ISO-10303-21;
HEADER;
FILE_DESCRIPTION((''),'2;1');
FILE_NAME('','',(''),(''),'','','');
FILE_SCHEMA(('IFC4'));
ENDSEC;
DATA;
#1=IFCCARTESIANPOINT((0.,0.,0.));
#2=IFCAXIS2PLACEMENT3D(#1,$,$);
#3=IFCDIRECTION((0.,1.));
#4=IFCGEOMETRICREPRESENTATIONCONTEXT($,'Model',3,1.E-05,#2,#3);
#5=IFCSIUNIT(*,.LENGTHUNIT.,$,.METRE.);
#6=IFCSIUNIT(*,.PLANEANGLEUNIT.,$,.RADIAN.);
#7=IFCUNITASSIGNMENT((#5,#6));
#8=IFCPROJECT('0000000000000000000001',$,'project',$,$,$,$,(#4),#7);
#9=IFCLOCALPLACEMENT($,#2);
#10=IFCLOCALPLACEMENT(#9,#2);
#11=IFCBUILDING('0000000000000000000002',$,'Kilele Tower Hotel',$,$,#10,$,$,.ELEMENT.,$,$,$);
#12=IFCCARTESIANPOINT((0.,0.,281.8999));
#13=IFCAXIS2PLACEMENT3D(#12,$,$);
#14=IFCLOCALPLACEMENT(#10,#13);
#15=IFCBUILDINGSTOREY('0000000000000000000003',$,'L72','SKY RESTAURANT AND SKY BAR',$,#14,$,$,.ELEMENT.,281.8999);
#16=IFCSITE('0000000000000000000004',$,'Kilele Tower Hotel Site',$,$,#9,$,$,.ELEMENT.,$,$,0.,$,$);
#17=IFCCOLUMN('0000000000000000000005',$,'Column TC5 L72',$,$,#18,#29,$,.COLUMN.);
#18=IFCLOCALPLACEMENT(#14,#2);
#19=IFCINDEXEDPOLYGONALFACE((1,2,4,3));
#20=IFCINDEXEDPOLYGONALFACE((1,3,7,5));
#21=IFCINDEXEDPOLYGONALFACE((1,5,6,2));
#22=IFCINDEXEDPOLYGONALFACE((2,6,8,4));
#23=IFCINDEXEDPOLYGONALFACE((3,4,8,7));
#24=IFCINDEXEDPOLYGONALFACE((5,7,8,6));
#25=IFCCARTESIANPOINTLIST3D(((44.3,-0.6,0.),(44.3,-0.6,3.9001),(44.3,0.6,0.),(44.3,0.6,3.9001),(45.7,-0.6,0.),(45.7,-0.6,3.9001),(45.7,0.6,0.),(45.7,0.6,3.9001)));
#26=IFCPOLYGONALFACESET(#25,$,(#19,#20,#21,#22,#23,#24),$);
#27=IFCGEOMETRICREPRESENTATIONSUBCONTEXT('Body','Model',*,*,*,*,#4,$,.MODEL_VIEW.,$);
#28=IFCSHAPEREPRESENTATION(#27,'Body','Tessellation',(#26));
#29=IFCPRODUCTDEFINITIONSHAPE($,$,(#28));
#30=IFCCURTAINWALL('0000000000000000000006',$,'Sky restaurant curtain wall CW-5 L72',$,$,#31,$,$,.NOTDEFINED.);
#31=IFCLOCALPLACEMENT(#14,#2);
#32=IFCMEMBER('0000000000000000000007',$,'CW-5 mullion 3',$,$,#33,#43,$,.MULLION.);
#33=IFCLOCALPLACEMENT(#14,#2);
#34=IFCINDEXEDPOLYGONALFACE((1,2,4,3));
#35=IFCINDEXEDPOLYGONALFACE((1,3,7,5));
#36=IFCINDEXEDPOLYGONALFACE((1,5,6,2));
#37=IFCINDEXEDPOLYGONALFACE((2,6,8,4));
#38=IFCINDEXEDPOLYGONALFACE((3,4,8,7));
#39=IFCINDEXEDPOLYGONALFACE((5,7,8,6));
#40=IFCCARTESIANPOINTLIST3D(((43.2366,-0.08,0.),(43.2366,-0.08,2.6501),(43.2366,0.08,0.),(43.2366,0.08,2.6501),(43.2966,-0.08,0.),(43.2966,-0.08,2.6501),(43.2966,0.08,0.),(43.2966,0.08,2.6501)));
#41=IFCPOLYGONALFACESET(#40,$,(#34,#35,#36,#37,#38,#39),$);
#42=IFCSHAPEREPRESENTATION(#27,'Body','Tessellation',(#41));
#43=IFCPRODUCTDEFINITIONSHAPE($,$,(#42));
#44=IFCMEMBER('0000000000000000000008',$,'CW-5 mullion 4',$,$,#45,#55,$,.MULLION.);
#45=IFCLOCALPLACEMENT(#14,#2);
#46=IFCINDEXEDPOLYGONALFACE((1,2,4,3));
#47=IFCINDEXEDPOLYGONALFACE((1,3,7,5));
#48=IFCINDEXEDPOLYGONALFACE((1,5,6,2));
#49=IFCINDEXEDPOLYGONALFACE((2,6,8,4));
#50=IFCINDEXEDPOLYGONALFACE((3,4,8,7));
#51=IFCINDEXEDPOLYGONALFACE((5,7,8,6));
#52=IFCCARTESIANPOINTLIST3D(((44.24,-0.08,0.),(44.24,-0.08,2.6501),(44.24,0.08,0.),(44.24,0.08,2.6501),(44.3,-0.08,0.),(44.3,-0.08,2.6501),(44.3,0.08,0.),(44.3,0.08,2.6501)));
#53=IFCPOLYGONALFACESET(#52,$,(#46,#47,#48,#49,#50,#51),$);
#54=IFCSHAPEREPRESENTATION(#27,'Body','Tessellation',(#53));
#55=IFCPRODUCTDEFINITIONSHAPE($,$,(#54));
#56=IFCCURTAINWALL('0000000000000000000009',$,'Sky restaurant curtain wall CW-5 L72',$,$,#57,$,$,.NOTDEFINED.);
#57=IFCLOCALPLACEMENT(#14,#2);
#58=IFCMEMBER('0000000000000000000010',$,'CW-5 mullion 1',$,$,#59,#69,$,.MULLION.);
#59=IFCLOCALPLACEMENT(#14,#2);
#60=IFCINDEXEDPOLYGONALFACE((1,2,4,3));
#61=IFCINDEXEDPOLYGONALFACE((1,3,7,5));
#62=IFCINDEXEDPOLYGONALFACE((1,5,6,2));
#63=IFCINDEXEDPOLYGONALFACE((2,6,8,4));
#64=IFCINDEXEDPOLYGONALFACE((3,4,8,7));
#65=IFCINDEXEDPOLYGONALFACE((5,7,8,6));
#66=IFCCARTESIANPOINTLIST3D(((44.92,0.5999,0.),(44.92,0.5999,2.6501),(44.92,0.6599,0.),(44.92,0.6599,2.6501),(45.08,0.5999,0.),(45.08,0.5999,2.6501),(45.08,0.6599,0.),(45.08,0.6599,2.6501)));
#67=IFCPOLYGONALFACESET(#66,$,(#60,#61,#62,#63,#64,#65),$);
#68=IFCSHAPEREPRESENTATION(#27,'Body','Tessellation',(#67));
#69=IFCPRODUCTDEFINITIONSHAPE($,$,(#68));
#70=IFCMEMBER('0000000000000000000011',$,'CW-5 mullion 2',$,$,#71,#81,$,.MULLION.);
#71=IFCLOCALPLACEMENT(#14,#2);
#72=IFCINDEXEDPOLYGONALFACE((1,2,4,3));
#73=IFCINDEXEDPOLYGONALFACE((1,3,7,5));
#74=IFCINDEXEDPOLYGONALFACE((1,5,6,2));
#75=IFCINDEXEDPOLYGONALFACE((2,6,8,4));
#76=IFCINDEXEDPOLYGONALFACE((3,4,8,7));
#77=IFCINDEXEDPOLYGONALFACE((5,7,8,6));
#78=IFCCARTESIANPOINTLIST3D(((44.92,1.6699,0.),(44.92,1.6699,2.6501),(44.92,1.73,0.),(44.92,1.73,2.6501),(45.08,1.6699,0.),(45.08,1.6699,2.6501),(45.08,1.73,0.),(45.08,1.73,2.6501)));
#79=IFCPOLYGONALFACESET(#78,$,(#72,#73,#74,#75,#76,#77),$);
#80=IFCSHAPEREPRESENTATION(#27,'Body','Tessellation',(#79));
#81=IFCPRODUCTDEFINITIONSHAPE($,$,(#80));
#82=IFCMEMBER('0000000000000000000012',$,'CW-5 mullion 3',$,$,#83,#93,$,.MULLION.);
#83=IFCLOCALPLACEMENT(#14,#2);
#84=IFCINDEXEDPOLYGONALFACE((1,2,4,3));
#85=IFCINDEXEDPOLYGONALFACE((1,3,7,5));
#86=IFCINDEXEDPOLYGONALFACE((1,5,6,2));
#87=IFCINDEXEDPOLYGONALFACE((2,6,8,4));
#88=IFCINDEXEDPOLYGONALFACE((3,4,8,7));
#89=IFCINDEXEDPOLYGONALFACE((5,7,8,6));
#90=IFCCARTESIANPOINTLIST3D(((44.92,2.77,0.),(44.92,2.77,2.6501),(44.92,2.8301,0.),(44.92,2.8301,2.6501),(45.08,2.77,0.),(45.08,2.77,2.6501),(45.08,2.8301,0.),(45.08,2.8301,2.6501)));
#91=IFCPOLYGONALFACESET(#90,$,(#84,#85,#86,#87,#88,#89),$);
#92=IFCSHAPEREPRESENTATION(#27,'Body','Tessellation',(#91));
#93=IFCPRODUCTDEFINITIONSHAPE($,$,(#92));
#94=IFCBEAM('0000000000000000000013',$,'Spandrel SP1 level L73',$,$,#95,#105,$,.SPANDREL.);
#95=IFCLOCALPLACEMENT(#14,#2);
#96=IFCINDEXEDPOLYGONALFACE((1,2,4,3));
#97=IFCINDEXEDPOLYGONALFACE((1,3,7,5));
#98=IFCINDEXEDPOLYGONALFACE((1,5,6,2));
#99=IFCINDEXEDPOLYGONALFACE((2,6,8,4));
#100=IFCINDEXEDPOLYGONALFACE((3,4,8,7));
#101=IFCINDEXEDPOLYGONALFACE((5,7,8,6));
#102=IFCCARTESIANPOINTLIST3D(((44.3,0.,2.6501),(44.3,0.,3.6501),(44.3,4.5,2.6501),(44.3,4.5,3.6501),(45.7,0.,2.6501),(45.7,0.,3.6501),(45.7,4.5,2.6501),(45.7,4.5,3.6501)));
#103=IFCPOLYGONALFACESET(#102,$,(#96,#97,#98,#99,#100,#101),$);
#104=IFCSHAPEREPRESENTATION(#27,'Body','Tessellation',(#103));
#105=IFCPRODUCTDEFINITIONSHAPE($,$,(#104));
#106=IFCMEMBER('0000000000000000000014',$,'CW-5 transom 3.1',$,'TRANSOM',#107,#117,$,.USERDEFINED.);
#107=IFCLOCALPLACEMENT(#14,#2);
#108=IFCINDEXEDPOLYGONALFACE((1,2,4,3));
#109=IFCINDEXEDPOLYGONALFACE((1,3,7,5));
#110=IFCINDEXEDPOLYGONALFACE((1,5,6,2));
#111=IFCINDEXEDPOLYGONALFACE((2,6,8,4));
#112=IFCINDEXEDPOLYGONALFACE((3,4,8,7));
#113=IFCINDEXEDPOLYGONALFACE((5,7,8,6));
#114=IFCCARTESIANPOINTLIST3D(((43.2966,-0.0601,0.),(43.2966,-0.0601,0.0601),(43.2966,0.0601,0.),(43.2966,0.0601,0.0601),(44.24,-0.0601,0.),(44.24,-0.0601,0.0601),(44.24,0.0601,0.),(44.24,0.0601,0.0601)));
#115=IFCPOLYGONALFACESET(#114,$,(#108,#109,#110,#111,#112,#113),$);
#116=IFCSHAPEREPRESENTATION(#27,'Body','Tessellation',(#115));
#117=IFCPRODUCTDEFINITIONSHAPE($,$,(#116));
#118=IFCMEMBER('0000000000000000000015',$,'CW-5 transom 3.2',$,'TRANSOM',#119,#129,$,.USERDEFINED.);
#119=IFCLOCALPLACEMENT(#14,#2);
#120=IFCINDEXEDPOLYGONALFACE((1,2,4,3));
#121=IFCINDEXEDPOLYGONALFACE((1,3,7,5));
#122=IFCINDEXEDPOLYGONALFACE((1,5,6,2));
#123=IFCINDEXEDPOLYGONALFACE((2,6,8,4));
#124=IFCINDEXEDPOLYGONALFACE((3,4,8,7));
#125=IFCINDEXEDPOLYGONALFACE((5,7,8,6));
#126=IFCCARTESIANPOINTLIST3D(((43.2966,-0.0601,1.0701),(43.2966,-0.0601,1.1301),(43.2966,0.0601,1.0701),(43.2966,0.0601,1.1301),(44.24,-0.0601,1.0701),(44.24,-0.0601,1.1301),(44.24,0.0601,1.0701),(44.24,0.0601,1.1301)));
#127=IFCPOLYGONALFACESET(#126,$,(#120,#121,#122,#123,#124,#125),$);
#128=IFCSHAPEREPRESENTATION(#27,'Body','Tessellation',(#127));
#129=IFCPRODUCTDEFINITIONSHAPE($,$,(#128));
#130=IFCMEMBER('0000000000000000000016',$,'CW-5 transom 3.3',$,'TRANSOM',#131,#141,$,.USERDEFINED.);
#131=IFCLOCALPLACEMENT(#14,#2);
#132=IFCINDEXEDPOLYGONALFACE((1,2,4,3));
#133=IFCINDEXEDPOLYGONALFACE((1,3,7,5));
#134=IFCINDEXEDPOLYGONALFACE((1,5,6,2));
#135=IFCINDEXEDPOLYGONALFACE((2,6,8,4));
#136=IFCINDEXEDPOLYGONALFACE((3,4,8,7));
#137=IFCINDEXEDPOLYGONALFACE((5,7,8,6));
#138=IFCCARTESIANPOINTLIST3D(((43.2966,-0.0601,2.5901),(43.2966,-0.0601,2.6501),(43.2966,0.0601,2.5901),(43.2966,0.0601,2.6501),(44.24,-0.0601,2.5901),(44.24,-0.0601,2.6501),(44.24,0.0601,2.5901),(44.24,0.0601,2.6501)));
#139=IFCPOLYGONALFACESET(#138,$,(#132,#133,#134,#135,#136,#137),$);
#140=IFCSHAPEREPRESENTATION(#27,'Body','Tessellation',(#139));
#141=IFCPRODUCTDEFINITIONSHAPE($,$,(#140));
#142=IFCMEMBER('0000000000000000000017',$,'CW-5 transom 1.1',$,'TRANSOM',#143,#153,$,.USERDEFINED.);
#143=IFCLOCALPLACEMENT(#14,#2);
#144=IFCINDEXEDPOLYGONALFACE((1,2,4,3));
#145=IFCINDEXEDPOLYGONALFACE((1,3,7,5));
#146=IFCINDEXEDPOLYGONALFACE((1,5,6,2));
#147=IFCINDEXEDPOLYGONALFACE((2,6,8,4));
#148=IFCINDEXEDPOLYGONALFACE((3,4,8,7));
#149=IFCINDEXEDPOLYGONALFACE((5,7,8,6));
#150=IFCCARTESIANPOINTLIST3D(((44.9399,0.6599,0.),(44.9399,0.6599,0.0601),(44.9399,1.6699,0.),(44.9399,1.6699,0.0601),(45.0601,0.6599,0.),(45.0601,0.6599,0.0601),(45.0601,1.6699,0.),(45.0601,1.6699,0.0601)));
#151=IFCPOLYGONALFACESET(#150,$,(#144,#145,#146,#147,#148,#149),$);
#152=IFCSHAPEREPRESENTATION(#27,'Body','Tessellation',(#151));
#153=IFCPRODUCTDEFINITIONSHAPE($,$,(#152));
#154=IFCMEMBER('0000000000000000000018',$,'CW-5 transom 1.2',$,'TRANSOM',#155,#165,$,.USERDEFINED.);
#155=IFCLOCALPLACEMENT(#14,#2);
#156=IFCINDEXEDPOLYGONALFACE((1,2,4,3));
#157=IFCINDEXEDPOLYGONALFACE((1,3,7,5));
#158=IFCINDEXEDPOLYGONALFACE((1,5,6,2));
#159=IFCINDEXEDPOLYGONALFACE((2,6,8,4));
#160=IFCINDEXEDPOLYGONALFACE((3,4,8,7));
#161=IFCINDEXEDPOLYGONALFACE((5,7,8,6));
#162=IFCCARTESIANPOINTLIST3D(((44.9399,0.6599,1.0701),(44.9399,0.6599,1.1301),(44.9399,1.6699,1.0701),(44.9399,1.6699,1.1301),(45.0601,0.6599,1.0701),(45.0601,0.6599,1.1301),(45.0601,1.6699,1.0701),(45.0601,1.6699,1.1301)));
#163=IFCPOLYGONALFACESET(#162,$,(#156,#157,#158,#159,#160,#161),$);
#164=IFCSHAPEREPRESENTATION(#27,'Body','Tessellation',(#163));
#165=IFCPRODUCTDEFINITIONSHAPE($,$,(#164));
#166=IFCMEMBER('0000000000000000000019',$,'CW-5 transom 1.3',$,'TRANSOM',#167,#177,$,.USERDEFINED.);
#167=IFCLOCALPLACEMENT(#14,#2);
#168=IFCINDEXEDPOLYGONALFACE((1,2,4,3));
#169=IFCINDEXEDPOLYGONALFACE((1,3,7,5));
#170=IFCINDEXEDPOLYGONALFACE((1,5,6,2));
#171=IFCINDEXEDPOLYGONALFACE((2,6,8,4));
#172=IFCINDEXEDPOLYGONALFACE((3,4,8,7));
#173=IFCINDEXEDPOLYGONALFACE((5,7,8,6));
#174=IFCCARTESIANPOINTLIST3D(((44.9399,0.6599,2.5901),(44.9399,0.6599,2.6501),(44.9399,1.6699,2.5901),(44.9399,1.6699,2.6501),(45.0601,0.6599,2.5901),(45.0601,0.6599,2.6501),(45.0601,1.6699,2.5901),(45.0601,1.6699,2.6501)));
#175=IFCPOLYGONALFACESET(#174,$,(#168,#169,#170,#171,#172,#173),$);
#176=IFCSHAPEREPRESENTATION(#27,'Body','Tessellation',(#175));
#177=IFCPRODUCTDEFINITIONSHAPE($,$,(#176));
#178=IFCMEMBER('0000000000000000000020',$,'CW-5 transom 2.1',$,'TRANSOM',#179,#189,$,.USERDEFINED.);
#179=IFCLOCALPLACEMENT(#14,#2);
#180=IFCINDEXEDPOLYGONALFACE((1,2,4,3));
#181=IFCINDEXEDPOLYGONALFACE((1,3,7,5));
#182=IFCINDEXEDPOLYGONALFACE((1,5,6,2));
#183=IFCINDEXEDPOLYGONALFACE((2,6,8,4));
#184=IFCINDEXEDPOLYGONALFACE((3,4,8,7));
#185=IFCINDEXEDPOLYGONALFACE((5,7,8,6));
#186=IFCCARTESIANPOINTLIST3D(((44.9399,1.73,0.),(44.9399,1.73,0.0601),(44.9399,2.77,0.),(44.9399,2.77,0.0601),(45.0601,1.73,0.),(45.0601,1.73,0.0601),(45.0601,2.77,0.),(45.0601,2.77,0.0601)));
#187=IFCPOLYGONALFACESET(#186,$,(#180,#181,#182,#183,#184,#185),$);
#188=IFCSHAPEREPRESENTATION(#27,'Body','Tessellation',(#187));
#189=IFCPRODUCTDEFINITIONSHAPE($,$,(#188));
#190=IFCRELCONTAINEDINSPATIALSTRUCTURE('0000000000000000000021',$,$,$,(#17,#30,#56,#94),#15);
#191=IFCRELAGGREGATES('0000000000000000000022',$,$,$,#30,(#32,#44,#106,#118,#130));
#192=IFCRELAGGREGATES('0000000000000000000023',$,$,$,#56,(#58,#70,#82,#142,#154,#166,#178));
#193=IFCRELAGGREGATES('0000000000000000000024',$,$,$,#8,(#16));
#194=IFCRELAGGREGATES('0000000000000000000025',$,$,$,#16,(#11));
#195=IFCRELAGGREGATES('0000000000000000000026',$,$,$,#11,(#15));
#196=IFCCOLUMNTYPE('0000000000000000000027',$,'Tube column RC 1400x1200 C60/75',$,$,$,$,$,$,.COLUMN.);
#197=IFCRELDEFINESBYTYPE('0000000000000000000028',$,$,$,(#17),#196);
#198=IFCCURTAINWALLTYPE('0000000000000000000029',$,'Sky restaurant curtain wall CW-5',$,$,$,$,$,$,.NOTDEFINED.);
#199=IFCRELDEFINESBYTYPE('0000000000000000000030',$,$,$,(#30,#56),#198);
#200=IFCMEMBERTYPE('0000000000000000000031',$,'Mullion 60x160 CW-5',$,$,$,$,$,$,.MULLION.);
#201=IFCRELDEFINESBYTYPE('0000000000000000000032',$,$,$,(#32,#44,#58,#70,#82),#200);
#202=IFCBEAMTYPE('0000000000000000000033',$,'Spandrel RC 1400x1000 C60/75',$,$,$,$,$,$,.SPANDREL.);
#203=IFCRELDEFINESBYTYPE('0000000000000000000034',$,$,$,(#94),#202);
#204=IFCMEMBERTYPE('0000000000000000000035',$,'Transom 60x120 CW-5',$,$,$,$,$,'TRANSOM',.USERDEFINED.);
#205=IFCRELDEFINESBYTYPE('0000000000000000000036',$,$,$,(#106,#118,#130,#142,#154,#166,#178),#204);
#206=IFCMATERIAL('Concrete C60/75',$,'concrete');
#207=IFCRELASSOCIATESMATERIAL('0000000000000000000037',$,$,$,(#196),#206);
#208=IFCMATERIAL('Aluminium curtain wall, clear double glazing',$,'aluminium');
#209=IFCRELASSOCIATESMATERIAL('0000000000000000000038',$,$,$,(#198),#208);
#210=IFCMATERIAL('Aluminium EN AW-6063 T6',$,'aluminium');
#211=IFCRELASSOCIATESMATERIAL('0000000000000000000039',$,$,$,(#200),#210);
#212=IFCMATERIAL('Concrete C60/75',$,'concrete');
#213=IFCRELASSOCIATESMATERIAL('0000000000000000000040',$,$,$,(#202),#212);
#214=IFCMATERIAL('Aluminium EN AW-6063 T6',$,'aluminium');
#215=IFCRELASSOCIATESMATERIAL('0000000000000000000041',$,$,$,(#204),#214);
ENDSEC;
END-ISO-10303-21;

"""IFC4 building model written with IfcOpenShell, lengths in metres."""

from ifc_helpers import new_model, si_unit, direction, frame, origin, origin_2d, place, context, subcontext, project, spatial, rectangle, extrude, material, material_profile, profile_set, type_object, element, aggregate, save


model = new_model("IFC4")

# Units and contexts
model_context = context("Model", 3, precision=1e-05, world=origin(), true_north=direction((0.0, 1.0)))
body_context = subcontext(model_context, "Body", "Model", "MODEL_VIEW")
ifc_project = project(units=[si_unit("LENGTHUNIT", "METRE"), si_unit("PLANEANGLEUNIT", "RADIAN")], contexts=[model_context])

# Site, building, storey
site_placement = place(None, origin())
site = spatial("IfcSite", under=ifc_project, at=site_placement, Name="Kilele Tower Hotel Site", CompositionType="ELEMENT", RefElevation=0.0)
building_placement = place(site_placement, origin())
building = spatial("IfcBuilding", under=site, at=building_placement, Name="Kilele Tower Hotel", CompositionType="ELEMENT")
storey_placement = place(building_placement, frame((0.0, 0.0, 281.8999)))
storey = spatial("IfcBuildingStorey", under=building, at=storey_placement, Name="L72", Description="SKY RESTAURANT AND SKY BAR", CompositionType="ELEMENT", Elevation=281.8999)

# Column
ifc_material_1 = material(Name="Concrete C60/75", Category="concrete")
ifc_material_profile_1 = material_profile(ifc_material_1, rectangle(XDim=1.3999, YDim=1.2, at=origin_2d()))
ifc_profile_set_1 = profile_set([ifc_material_profile_1], Name="Concrete C60/75")
column_type = type_object("IfcColumnType", Name="Tube column RC 1400x1200 C60/75", PredefinedType="COLUMN", material=ifc_profile_set_1)
column_placement = place(storey_placement, frame((45.0, 0.0, 0.0), z_axis=(0.0, 0.0, 1.0), x_axis=(1.0, 0.0, 0.0)))
element("IfcColumn", 1, at=column_placement, inside=storey, type_object=column_type, Name="Column TC5 L72", PredefinedType="COLUMN", context=body_context, shape_type="SweptSolid", body=[
    extrude(rectangle(XDim=1.3999, YDim=1.2, at=origin_2d()), origin(), (0.0, 0.0, 1.0), 3.9001),
])

# Curtain walls, members
ifc_material_2 = material(Name="Aluminium curtain wall, clear double glazing", Category="aluminium")
curtain_wall_type = type_object("IfcCurtainWallType", Name="Sky restaurant curtain wall CW-5", PredefinedType="NOTDEFINED", material=ifc_material_2)
curtain_wall_1_placement = place(storey_placement, origin())
curtain_wall_1 = element("IfcCurtainWall", 2, at=curtain_wall_1_placement, inside=storey, type_object=curtain_wall_type, Name="Sky restaurant curtain wall CW-5 L72", PredefinedType="NOTDEFINED")
ifc_material_3 = material(Name="Aluminium EN AW-6063 T6", Category="aluminium")
ifc_material_profile_2 = material_profile(ifc_material_3, rectangle(XDim=0.1599, YDim=0.0601, at=origin_2d()))
ifc_profile_set_2 = profile_set([ifc_material_profile_2], Name="Aluminium EN AW-6063 T6")
member_type_1 = type_object("IfcMemberType", Name="Mullion 60x160 CW-5", PredefinedType="MULLION", material=ifc_profile_set_2)
member_1_placement = place(storey_placement, frame((43.2666, 0.0, 0.0), z_axis=(0.0, 0.0, 1.0), x_axis=(0.0, 1.0, 0.0)))
member_1 = element("IfcMember", 3, at=member_1_placement, type_object=member_type_1, Name="CW-5 mullion 3", PredefinedType="MULLION", context=body_context, shape_type="SweptSolid", body=[
    extrude(rectangle(XDim=0.1599, YDim=0.0601, at=origin_2d()), origin(), (0.0, 0.0, 1.0), 2.6501),
])
member_2_placement = place(storey_placement, frame((44.27, 0.0, 0.0), z_axis=(0.0, 0.0, 1.0), x_axis=(0.0, 1.0, 0.0)))
member_2 = element("IfcMember", 4, at=member_2_placement, type_object=member_type_1, Name="CW-5 mullion 4", PredefinedType="MULLION", context=body_context, shape_type="SweptSolid", body=[
    extrude(rectangle(XDim=0.1599, YDim=0.0601, at=origin_2d()), origin(), (0.0, 0.0, 1.0), 2.6501),
])
curtain_wall_2_placement = place(storey_placement, origin())
curtain_wall_2 = element("IfcCurtainWall", 5, at=curtain_wall_2_placement, inside=storey, type_object=curtain_wall_type, Name="Sky restaurant curtain wall CW-5 L72", PredefinedType="NOTDEFINED")
member_3_placement = place(storey_placement, frame((45.0, 0.6299, 0.0), z_axis=(0.0, 0.0, 1.0), x_axis=(-1.0, 0.0, 0.0)))
member_3 = element("IfcMember", 6, at=member_3_placement, type_object=member_type_1, Name="CW-5 mullion 1", PredefinedType="MULLION", context=body_context, shape_type="SweptSolid", body=[
    extrude(rectangle(XDim=0.1599, YDim=0.0601, at=origin_2d()), origin(), (0.0, 0.0, 1.0), 2.6501),
])
member_4_placement = place(storey_placement, frame((45.0, 1.7, 0.0), z_axis=(0.0, 0.0, 1.0), x_axis=(-1.0, 0.0, 0.0)))
member_4 = element("IfcMember", 7, at=member_4_placement, type_object=member_type_1, Name="CW-5 mullion 2", PredefinedType="MULLION", context=body_context, shape_type="SweptSolid", body=[
    extrude(rectangle(XDim=0.1599, YDim=0.0601, at=origin_2d()), origin(), (0.0, 0.0, 1.0), 2.6501),
])
member_5_placement = place(storey_placement, frame((45.0, 2.8, 0.0), z_axis=(0.0, 0.0, 1.0), x_axis=(-1.0, 0.0, 0.0)))
member_5 = element("IfcMember", 8, at=member_5_placement, type_object=member_type_1, Name="CW-5 mullion 3", PredefinedType="MULLION", context=body_context, shape_type="SweptSolid", body=[
    extrude(rectangle(XDim=0.1599, YDim=0.0601, at=origin_2d()), origin(), (0.0, 0.0, 1.0), 2.6501),
])

# Beam
ifc_material_4 = material(Name="Concrete C60/75", Category="concrete")
ifc_material_profile_3 = material_profile(ifc_material_4, rectangle(XDim=1.3999, YDim=1.0, at=origin_2d()))
ifc_profile_set_3 = profile_set([ifc_material_profile_3], Name="Concrete C60/75")
beam_type = type_object("IfcBeamType", Name="Spandrel RC 1400x1000 C60/75", PredefinedType="SPANDREL", material=ifc_profile_set_3)
beam_placement = place(storey_placement, frame((45.0, 0.0, 3.1501), z_axis=(0.0, 1.0, 0.0), x_axis=(-1.0, 0.0, 0.0)))
element("IfcBeam", 9, at=beam_placement, inside=storey, type_object=beam_type, Name="Spandrel SP1 level L73", PredefinedType="SPANDREL", context=body_context, shape_type="SweptSolid", body=[
    extrude(rectangle(XDim=1.3999, YDim=1.0, at=origin_2d()), origin(), (0.0, 0.0, 1.0), 4.5),
])

# Members
ifc_material_5 = material(Name="Aluminium EN AW-6063 T6", Category="aluminium")
ifc_material_profile_4 = material_profile(ifc_material_5, rectangle(XDim=0.1201, YDim=0.0601, at=origin_2d()))
ifc_profile_set_4 = profile_set([ifc_material_profile_4], Name="Aluminium EN AW-6063 T6")
member_type_2 = type_object("IfcMemberType", Name="Transom 60x120 CW-5", ElementType="TRANSOM", PredefinedType="USERDEFINED", material=ifc_profile_set_4)
member_6_placement = place(storey_placement, frame((43.2966, 0.0, 0.03), z_axis=(1.0, 0.0, 0.0), x_axis=(0.0, 1.0, 0.0)))
member_6 = element("IfcMember", 10, at=member_6_placement, type_object=member_type_2, Name="CW-5 transom 3.1", ObjectType="TRANSOM", PredefinedType="USERDEFINED", context=body_context, shape_type="SweptSolid", body=[
    extrude(rectangle(XDim=0.1201, YDim=0.0601, at=origin_2d()), origin(), (0.0, 0.0, 1.0), 0.9434),
])
member_7_placement = place(storey_placement, frame((43.2966, 0.0, 1.1001), z_axis=(1.0, 0.0, 0.0), x_axis=(0.0, 1.0, 0.0)))
member_7 = element("IfcMember", 11, at=member_7_placement, type_object=member_type_2, Name="CW-5 transom 3.2", ObjectType="TRANSOM", PredefinedType="USERDEFINED", context=body_context, shape_type="SweptSolid", body=[
    extrude(rectangle(XDim=0.1201, YDim=0.0601, at=origin_2d()), origin(), (0.0, 0.0, 1.0), 0.9434),
])
member_8_placement = place(storey_placement, frame((43.2966, 0.0, 2.6201), z_axis=(1.0, 0.0, 0.0), x_axis=(0.0, 1.0, 0.0)))
member_8 = element("IfcMember", 12, at=member_8_placement, type_object=member_type_2, Name="CW-5 transom 3.3", ObjectType="TRANSOM", PredefinedType="USERDEFINED", context=body_context, shape_type="SweptSolid", body=[
    extrude(rectangle(XDim=0.1201, YDim=0.0601, at=origin_2d()), origin(), (0.0, 0.0, 1.0), 0.9434),
])
member_9_placement = place(storey_placement, frame((45.0, 0.6599, 0.03), z_axis=(0.0, 1.0, 0.0), x_axis=(-1.0, 0.0, 0.0)))
member_9 = element("IfcMember", 13, at=member_9_placement, type_object=member_type_2, Name="CW-5 transom 1.1", ObjectType="TRANSOM", PredefinedType="USERDEFINED", context=body_context, shape_type="SweptSolid", body=[
    extrude(rectangle(XDim=0.1201, YDim=0.0601, at=origin_2d()), origin(), (0.0, 0.0, 1.0), 1.01),
])
member_10_placement = place(storey_placement, frame((45.0, 0.6599, 1.1001), z_axis=(0.0, 1.0, 0.0), x_axis=(-1.0, 0.0, 0.0)))
member_10 = element("IfcMember", 14, at=member_10_placement, type_object=member_type_2, Name="CW-5 transom 1.2", ObjectType="TRANSOM", PredefinedType="USERDEFINED", context=body_context, shape_type="SweptSolid", body=[
    extrude(rectangle(XDim=0.1201, YDim=0.0601, at=origin_2d()), origin(), (0.0, 0.0, 1.0), 1.01),
])
member_11_placement = place(storey_placement, frame((45.0, 0.6599, 2.6201), z_axis=(0.0, 1.0, 0.0), x_axis=(-1.0, 0.0, 0.0)))
member_11 = element("IfcMember", 15, at=member_11_placement, type_object=member_type_2, Name="CW-5 transom 1.3", ObjectType="TRANSOM", PredefinedType="USERDEFINED", context=body_context, shape_type="SweptSolid", body=[
    extrude(rectangle(XDim=0.1201, YDim=0.0601, at=origin_2d()), origin(), (0.0, 0.0, 1.0), 1.01),
])
member_12_placement = place(storey_placement, frame((45.0, 1.73, 0.03), z_axis=(0.0, 1.0, 0.0), x_axis=(-1.0, 0.0, 0.0)))
member_12 = element("IfcMember", 16, at=member_12_placement, type_object=member_type_2, Name="CW-5 transom 2.1", ObjectType="TRANSOM", PredefinedType="USERDEFINED", context=body_context, shape_type="SweptSolid", body=[
    extrude(rectangle(XDim=0.1201, YDim=0.0601, at=origin_2d()), origin(), (0.0, 0.0, 1.0), 1.04),
])

aggregate(curtain_wall_1, [member_1, member_2, member_6, member_7, member_8])
aggregate(curtain_wall_2, [member_3, member_4, member_5, member_9, member_10, member_11, member_12])

save(model, "model.ifc")
